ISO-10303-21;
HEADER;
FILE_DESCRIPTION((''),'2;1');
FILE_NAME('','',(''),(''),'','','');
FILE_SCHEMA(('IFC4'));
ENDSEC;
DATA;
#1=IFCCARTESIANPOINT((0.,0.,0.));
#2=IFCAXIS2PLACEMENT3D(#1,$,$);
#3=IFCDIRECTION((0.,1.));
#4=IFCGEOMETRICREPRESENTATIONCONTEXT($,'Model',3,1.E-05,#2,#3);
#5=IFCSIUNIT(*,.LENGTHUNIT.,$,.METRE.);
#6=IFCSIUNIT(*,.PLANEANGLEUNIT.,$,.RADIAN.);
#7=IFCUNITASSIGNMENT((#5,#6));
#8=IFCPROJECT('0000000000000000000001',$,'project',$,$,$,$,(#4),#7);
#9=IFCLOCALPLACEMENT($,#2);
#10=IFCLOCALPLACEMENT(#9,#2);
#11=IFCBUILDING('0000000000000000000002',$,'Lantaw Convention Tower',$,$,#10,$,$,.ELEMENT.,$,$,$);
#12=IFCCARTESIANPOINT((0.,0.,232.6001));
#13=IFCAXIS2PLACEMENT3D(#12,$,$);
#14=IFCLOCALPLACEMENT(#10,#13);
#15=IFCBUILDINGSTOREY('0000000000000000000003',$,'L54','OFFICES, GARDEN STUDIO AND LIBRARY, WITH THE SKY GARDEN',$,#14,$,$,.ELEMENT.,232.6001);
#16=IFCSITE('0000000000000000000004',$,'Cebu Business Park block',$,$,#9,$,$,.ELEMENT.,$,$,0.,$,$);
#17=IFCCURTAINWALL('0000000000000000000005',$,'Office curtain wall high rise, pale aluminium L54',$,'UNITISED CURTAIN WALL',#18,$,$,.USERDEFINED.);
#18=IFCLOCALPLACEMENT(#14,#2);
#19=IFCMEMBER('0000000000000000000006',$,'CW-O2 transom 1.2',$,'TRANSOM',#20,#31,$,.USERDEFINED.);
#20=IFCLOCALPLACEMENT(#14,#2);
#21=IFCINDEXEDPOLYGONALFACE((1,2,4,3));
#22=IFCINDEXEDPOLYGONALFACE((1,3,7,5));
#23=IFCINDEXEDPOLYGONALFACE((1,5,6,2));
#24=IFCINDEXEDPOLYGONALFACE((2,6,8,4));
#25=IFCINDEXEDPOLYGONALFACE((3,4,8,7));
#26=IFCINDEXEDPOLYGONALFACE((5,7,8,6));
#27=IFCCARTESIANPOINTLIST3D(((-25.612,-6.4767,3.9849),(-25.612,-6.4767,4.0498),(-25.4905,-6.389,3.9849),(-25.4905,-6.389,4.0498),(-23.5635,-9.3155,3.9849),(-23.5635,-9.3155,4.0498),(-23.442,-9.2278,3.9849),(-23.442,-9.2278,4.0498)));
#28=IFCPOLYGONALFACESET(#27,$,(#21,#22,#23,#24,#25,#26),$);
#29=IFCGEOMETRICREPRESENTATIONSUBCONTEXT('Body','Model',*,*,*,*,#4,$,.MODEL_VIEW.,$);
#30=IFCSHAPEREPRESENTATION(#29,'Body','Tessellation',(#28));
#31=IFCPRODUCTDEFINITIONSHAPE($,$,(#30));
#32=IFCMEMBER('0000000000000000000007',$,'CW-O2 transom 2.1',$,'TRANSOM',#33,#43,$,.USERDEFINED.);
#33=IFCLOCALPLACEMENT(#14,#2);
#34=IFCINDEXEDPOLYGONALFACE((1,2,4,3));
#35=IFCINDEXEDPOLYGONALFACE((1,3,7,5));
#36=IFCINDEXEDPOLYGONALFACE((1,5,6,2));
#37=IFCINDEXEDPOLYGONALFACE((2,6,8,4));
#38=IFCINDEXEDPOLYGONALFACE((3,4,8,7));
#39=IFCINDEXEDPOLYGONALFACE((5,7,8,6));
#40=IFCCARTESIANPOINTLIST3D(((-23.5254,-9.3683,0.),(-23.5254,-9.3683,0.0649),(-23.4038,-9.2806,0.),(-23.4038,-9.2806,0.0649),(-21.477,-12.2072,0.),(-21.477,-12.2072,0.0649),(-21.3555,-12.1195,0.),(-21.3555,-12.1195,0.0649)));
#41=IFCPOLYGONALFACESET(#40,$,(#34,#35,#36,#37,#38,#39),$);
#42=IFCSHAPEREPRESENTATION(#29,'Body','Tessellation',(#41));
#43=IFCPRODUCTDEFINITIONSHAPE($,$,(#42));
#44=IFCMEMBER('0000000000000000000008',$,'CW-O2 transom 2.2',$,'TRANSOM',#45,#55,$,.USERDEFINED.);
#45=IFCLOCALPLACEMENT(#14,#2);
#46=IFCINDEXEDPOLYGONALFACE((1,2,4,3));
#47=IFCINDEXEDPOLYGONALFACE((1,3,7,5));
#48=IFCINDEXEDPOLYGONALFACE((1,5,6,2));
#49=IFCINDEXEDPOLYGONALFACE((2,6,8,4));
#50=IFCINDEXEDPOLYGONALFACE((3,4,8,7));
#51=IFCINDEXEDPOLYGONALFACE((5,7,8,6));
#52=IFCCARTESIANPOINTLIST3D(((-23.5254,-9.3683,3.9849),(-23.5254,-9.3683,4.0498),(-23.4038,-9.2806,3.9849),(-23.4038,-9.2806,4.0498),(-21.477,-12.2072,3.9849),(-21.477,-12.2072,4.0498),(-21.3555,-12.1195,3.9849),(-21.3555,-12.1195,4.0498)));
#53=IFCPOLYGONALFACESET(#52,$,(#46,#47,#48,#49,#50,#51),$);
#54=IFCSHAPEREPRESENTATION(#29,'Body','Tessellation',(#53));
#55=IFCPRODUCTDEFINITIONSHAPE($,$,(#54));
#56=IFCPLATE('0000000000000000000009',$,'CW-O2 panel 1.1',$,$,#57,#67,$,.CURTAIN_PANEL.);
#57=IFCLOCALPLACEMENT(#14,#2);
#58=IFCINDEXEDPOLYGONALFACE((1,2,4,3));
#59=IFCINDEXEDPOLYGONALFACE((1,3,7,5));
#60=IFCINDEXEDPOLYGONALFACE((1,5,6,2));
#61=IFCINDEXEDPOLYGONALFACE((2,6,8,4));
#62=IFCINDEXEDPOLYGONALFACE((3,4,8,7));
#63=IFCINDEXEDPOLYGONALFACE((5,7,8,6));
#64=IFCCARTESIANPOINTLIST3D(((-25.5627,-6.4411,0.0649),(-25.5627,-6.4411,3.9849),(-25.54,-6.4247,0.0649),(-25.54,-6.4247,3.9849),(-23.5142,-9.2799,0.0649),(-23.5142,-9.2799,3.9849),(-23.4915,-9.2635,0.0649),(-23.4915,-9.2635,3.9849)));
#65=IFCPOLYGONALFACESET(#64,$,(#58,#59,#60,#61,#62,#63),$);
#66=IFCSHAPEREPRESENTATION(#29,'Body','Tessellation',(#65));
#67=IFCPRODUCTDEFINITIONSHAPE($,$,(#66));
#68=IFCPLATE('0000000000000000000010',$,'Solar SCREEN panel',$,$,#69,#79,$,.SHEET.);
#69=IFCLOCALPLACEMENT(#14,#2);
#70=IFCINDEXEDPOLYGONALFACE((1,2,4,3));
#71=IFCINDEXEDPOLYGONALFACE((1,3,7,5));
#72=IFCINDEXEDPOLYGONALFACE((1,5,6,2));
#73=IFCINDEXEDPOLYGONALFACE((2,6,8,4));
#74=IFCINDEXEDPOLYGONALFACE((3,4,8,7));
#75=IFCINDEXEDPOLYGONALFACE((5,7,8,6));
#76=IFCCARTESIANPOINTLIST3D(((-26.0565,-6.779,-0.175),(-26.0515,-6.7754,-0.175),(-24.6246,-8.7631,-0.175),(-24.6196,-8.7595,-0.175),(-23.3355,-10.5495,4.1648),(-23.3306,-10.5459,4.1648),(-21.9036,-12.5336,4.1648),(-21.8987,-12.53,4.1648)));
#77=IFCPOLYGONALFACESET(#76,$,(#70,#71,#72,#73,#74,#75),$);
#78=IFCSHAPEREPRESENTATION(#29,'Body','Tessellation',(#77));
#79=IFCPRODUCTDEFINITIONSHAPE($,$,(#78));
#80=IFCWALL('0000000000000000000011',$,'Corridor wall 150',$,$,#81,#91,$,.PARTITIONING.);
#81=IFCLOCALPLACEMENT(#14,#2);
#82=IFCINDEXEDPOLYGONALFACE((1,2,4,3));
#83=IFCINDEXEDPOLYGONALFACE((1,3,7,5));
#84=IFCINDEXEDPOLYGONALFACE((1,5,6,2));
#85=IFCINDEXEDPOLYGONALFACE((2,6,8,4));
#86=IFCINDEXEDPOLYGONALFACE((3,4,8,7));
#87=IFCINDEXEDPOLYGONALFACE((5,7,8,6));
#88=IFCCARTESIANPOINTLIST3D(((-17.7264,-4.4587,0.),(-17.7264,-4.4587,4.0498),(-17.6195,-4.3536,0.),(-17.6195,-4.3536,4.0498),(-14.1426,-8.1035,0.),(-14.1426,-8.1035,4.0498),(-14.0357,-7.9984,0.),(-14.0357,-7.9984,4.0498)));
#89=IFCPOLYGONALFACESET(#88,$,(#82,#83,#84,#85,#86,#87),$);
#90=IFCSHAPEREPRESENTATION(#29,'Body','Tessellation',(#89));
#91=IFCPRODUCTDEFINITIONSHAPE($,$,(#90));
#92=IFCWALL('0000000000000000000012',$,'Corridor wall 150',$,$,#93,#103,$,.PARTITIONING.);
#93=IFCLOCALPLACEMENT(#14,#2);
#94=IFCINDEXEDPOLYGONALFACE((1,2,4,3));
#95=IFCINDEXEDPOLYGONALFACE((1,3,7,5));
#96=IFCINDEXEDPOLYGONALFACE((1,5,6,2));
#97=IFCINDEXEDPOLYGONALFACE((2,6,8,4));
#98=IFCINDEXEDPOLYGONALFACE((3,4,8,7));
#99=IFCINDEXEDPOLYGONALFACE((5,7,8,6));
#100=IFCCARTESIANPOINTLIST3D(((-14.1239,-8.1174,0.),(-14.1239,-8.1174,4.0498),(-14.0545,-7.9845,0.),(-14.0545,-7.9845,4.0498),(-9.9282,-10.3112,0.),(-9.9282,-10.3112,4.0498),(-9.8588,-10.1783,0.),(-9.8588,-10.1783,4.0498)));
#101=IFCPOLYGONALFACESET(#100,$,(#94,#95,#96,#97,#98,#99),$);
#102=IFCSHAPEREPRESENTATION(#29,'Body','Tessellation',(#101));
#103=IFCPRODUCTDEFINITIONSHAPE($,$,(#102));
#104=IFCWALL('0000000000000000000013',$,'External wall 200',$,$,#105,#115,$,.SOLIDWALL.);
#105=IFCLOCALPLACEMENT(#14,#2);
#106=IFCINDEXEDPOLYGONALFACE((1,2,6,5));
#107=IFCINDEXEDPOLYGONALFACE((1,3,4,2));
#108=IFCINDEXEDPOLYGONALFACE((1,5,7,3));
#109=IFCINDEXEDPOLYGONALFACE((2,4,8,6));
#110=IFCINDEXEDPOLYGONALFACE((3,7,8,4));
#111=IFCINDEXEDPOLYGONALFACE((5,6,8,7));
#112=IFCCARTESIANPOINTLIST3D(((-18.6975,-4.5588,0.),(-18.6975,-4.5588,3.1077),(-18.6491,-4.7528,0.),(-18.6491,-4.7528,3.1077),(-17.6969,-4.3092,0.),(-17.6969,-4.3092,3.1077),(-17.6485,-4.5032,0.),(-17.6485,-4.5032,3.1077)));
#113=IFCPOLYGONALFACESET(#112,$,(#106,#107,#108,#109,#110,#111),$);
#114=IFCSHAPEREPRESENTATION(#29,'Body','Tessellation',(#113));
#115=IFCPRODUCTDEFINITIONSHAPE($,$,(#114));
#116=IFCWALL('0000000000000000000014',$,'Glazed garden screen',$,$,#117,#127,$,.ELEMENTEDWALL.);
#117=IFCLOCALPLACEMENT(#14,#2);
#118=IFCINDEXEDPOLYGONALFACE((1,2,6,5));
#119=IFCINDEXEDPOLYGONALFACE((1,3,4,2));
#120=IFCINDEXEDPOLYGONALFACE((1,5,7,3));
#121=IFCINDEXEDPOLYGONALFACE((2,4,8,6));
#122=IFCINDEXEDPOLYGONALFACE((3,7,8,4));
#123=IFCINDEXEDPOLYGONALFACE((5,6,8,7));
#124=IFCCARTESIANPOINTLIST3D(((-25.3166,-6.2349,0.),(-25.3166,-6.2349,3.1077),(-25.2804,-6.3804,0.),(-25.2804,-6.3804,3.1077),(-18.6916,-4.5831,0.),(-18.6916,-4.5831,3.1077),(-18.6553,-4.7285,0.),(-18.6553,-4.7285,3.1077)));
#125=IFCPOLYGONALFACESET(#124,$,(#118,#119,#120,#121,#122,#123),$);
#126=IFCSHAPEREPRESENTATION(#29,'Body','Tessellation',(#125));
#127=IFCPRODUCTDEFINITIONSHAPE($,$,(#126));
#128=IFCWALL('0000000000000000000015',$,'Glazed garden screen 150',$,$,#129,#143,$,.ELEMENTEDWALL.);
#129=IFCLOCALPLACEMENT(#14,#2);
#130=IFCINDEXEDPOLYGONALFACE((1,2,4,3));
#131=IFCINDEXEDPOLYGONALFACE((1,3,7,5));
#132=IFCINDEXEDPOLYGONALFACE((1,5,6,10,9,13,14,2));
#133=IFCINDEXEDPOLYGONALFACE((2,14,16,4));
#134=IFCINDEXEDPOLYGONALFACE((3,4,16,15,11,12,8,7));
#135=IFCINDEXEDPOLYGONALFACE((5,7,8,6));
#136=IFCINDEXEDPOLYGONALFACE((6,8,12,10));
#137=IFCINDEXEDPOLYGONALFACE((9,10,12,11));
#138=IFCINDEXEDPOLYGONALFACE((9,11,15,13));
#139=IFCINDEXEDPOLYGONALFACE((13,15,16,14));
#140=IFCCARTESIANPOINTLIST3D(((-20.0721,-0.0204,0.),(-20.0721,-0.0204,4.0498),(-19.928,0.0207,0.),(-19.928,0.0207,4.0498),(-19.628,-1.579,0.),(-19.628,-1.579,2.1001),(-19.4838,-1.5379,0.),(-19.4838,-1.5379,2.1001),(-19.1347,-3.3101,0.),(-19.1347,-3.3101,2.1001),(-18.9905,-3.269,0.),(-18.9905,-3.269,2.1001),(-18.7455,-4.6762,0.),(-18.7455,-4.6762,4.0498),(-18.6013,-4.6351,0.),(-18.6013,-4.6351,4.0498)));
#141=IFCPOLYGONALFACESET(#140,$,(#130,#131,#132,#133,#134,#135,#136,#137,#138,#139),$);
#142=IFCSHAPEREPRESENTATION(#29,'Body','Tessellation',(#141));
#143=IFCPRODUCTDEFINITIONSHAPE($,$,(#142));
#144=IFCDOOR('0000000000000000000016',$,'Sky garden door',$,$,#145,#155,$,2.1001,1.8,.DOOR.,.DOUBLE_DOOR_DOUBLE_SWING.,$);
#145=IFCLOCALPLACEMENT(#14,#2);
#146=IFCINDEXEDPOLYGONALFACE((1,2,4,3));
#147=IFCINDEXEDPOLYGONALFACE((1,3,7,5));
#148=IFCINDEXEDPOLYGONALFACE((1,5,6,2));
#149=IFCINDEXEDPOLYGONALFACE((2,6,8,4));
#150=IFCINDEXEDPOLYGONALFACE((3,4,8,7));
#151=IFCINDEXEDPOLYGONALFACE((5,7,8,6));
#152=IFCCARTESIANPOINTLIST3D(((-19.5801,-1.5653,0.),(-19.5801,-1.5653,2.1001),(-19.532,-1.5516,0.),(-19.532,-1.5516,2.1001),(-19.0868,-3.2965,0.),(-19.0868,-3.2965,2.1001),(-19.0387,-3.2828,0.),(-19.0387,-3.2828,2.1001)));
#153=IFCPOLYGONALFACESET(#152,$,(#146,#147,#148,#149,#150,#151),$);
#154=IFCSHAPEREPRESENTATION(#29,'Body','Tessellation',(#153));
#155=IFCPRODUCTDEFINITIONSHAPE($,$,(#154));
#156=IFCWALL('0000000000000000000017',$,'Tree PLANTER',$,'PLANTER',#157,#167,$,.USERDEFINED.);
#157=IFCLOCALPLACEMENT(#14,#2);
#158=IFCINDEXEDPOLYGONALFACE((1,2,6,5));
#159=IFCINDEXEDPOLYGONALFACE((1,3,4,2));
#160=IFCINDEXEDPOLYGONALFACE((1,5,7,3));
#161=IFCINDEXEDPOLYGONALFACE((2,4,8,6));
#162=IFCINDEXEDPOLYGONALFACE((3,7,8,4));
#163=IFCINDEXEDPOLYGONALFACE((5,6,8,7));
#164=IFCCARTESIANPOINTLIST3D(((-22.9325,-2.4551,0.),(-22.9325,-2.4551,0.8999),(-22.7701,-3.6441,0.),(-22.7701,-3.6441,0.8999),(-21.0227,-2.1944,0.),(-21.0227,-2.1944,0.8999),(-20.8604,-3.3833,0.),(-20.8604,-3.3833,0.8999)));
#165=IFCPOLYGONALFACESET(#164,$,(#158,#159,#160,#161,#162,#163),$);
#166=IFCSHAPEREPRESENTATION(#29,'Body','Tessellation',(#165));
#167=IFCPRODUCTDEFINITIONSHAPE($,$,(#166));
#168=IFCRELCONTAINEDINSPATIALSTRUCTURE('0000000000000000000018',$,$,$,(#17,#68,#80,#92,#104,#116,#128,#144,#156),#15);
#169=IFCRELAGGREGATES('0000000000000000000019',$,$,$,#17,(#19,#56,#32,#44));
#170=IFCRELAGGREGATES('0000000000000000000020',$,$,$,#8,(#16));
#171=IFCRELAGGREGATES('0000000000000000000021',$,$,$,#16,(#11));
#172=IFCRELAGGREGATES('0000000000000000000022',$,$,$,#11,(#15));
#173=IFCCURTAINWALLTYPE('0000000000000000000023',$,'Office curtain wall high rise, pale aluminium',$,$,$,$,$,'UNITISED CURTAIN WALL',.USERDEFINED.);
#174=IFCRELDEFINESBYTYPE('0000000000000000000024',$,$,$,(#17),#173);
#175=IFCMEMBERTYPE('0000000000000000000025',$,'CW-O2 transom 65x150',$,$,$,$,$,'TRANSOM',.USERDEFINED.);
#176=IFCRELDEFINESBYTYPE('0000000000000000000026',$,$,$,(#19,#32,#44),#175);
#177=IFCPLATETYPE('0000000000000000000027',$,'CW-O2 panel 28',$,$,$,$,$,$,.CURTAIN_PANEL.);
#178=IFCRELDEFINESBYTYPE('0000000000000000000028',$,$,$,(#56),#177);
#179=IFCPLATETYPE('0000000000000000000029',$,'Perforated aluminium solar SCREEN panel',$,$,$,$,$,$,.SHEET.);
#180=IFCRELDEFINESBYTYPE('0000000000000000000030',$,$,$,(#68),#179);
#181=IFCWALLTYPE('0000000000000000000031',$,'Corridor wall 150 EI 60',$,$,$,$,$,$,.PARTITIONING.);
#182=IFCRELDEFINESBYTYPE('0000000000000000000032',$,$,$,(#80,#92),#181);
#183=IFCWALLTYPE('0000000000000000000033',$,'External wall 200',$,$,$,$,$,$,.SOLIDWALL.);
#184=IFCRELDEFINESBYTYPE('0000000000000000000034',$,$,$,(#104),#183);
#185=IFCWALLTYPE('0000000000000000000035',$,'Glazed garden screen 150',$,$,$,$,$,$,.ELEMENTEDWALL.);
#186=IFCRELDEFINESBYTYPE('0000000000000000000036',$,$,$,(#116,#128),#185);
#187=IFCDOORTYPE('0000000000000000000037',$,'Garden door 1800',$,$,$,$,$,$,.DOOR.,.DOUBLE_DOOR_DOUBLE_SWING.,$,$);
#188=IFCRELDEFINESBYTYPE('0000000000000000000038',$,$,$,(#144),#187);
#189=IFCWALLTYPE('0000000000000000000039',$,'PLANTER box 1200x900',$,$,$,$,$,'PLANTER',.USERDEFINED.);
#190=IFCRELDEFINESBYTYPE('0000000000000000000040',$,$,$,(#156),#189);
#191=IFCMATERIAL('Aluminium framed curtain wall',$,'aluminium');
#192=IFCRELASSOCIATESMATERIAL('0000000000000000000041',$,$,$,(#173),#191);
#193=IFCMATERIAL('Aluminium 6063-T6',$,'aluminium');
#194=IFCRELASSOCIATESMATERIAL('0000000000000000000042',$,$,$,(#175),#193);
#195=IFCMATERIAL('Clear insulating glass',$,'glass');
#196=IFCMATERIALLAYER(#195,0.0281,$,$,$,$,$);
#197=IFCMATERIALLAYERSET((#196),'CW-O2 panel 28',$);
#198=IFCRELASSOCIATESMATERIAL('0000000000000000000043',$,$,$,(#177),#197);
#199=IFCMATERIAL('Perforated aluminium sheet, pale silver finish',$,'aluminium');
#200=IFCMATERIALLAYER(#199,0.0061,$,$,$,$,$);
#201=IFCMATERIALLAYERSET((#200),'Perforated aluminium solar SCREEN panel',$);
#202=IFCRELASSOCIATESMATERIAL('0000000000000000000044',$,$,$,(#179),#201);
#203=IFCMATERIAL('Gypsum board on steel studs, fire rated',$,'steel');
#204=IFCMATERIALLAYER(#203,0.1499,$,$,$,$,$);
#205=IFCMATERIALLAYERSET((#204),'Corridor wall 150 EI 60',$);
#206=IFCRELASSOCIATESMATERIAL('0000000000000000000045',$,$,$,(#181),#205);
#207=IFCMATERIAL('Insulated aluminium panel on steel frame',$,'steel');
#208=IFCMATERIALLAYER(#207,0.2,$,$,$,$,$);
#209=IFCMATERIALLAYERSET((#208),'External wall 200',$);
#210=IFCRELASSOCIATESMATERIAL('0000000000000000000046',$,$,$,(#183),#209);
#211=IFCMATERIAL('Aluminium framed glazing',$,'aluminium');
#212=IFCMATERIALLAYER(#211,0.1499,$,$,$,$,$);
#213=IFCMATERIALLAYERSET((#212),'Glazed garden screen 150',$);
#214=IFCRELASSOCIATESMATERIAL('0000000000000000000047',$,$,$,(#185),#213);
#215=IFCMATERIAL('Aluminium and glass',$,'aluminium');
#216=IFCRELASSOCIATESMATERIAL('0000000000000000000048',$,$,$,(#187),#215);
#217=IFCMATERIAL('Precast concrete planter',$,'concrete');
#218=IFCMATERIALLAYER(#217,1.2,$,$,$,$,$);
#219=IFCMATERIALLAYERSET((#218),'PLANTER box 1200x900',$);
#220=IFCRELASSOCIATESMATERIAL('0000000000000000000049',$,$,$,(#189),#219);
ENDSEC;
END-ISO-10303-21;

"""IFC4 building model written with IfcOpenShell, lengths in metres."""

from ifc_helpers import new_model, si_unit, direction, frame, frame_2d, origin, origin_2d, place, context, subcontext, project, spatial, polyline, rectangle, outline, extrude, material, layer, layer_set, material_profile, profile_set, type_object, element, fill, aggregate, save


model = new_model("IFC4")

# Units and contexts
model_context = context("Model", 3, precision=1e-05, world=origin(), true_north=direction((0.0, 1.0)))
body_context = subcontext(model_context, "Body", "Model", "MODEL_VIEW")
ifc_project = project(units=[si_unit("LENGTHUNIT", "METRE"), si_unit("PLANEANGLEUNIT", "RADIAN")], contexts=[model_context])

# Site, building, storey
site_placement = place(None, origin())
site = spatial("IfcSite", under=ifc_project, at=site_placement, Name="Cebu Business Park block", CompositionType="ELEMENT", RefElevation=0.0)
building_placement = place(site_placement, origin())
building = spatial("IfcBuilding", under=site, at=building_placement, Name="Lantaw Convention Tower", CompositionType="ELEMENT")
storey_placement = place(building_placement, frame((0.0, 0.0, 232.6001)))
storey = spatial("IfcBuildingStorey", under=building, at=storey_placement, Name="L54", Description="OFFICES, GARDEN STUDIO AND LIBRARY, WITH THE SKY GARDEN", CompositionType="ELEMENT", Elevation=232.6001)

# Curtain wall, members, plate
ifc_material_1 = material(Name="Aluminium framed curtain wall", Category="aluminium")
curtain_wall_type = type_object("IfcCurtainWallType", Name="Office curtain wall high rise, pale aluminium", ElementType="UNITISED CURTAIN WALL", PredefinedType="USERDEFINED", material=ifc_material_1)
curtain_wall_placement = place(storey_placement, origin())
curtain_wall = element("IfcCurtainWall", 1, at=curtain_wall_placement, inside=storey, type_object=curtain_wall_type, Name="Office curtain wall high rise, pale aluminium L54", ObjectType="UNITISED CURTAIN WALL", PredefinedType="USERDEFINED")
ifc_material_2 = material(Name="Aluminium 6063-T6", Category="aluminium")
ifc_material_profile_1 = material_profile(ifc_material_2, rectangle(XDim=0.1499, YDim=0.0649, at=origin_2d()), Name="CW-O2 transom 65x150")
ifc_profile_set_1 = profile_set([ifc_material_profile_1], Name="Aluminium 6063-T6")
member_type_1 = type_object("IfcMemberType", Name="CW-O2 transom 65x150", ElementType="TRANSOM", PredefinedType="USERDEFINED", material=ifc_profile_set_1)
member_1_placement = place(storey_placement, frame((-25.5513, -6.4329, 4.0173), z_axis=(0.58517, -0.810911, 0.0), x_axis=(0.810911, 0.58517, 0.0)))
member_1 = element("IfcMember", 2, at=member_1_placement, type_object=member_type_1, Name="CW-O2 transom 1.2", ObjectType="TRANSOM", PredefinedType="USERDEFINED", context=body_context, shape_type="SweptSolid", body=[
    extrude(rectangle(XDim=0.1499, YDim=0.0649, at=origin_2d()), origin(), (0.0, 0.0, 1.0), 3.5007),
])
member_2_placement = place(storey_placement, frame((-23.4646, -9.3245, 0.0325), z_axis=(0.585124, -0.810944, 0.0), x_axis=(0.810944, 0.585124, 0.0)))
member_2 = element("IfcMember", 3, at=member_2_placement, type_object=member_type_1, Name="CW-O2 transom 2.1", ObjectType="TRANSOM", PredefinedType="USERDEFINED", context=body_context, shape_type="SweptSolid", body=[
    extrude(rectangle(XDim=0.1499, YDim=0.0649, at=origin_2d()), origin(), (0.0, 0.0, 1.0), 3.5007),
])
member_3_placement = place(storey_placement, frame((-23.4646, -9.3245, 4.0173), z_axis=(0.585124, -0.810944, 0.0), x_axis=(0.810944, 0.585124, 0.0)))
member_3 = element("IfcMember", 4, at=member_3_placement, type_object=member_type_1, Name="CW-O2 transom 2.2", ObjectType="TRANSOM", PredefinedType="USERDEFINED", context=body_context, shape_type="SweptSolid", body=[
    extrude(rectangle(XDim=0.1499, YDim=0.0649, at=origin_2d()), origin(), (0.0, 0.0, 1.0), 3.5007),
])
ifc_material_3 = material(Name="Clear insulating glass", Category="glass")
ifc_layer_1 = layer(ifc_material_3, 0.0281)
ifc_layer_set_1 = layer_set([ifc_layer_1], Name="CW-O2 panel 28")
plate_type_1 = type_object("IfcPlateType", Name="CW-O2 panel 28", PredefinedType="CURTAIN_PANEL", material=ifc_layer_set_1)
plate_1_placement = place(storey_placement, frame((-24.5271, -7.8523, 0.0649), z_axis=(0.0, 0.0, 1.0), x_axis=(0.585158, -0.81092, 0.0)))
plate_1 = element("IfcPlate", 5, at=plate_1_placement, type_object=plate_type_1, Name="CW-O2 panel 1.1", PredefinedType="CURTAIN_PANEL", context=body_context, shape_type="SweptSolid", body=[
    extrude(rectangle(XDim=3.5007, YDim=0.0281, at=origin_2d()), origin(), (0.0, 0.0, 1.0), 3.9199),
])
aggregate(curtain_wall, [member_1, plate_1, member_2, member_3])

# Plate
ifc_material_4 = material(Name="Perforated aluminium sheet, pale silver finish", Category="aluminium")
ifc_layer_2 = layer(ifc_material_4, 0.0061)
ifc_layer_set_2 = layer_set([ifc_layer_2], Name="Perforated aluminium solar SCREEN panel")
plate_type_2 = type_object("IfcPlateType", Name="Perforated aluminium solar SCREEN panel", PredefinedType="SHEET", material=ifc_layer_set_2)
plate_2_placement = place(storey_placement, frame((-26.0515, -6.7754, -0.175), z_axis=(0.810892, 0.585195, 0.00002), x_axis=(0.585195, -0.810892, 0.0)))
element("IfcPlate", 6, at=plate_2_placement, inside=storey, type_object=plate_type_2, Name="Solar SCREEN panel", PredefinedType="SHEET", context=body_context, shape_type="SweptSolid", body=[
    extrude(outline(polyline([(0.0, 0.0), (2.4468, 0.0), (7.0966, -4.3398), (4.6498, -4.3398), (0.0, 0.0)])), origin(), (0.0, 0.0, -1.0), 0.0061),
])

# Walls
ifc_material_5 = material(Name="Gypsum board on steel studs, fire rated", Category="steel")
ifc_layer_3 = layer(ifc_material_5, 0.1499)
ifc_layer_set_3 = layer_set([ifc_layer_3], Name="Corridor wall 150 EI 60")
wall_type_1 = type_object("IfcWallType", Name="Corridor wall 150 EI 60", PredefinedType="PARTITIONING", material=ifc_layer_set_3)
wall_1_placement = place(storey_placement, frame((-17.6729, -4.4062, 0.0), z_axis=(0.0, 0.0, 1.0), x_axis=(0.701111, -0.713052, 0.0)))
element("IfcWall", 7, at=wall_1_placement, inside=storey, type_object=wall_type_1, Name="Corridor wall 150", PredefinedType="PARTITIONING", context=body_context, shape_type="SweptSolid", body=[
    extrude(rectangle(XDim=5.1116, YDim=0.1499, at=frame_2d((2.5557, 0.0))), origin(), (0.0, 0.0, 1.0), 4.0498),
])
wall_2_placement = place(storey_placement, frame((-14.0891, -8.051, 0.0), z_axis=(0.0, 0.0, 1.0), x_axis=(0.886174, -0.463352, 0.0)))
element("IfcWall", 8, at=wall_2_placement, inside=storey, type_object=wall_type_1, Name="Corridor wall 150", PredefinedType="PARTITIONING", context=body_context, shape_type="SweptSolid", body=[
    extrude(rectangle(XDim=4.7346, YDim=0.1499, at=frame_2d((2.3672, 0.0))), origin(), (0.0, 0.0, 1.0), 4.0498),
])
ifc_material_6 = material(Name="Insulated aluminium panel on steel frame", Category="steel")
ifc_layer_4 = layer(ifc_material_6, 0.2)
ifc_layer_set_4 = layer_set([ifc_layer_4], Name="External wall 200")
wall_type_2 = type_object("IfcWallType", Name="External wall 200", PredefinedType="SOLIDWALL", material=ifc_layer_set_4)
wall_3_placement = place(storey_placement, frame((-18.6733, -4.6558, 0.0), z_axis=(0.0, 0.0, 1.0), x_axis=(0.970282, 0.241978, 0.0)))
element("IfcWall", 9, at=wall_3_placement, inside=storey, type_object=wall_type_2, Name="External wall 200", PredefinedType="SOLIDWALL", context=body_context, shape_type="SweptSolid", body=[
    extrude(rectangle(XDim=1.0312, YDim=0.2, at=frame_2d((0.5156, 0.0))), origin(), (0.0, 0.0, 1.0), 3.1077),
])
ifc_material_7 = material(Name="Aluminium framed glazing", Category="aluminium")
ifc_layer_5 = layer(ifc_material_7, 0.1499)
ifc_layer_set_5 = layer_set([ifc_layer_5], Name="Glazed garden screen 150")
wall_type_3 = type_object("IfcWallType", Name="Glazed garden screen 150", PredefinedType="ELEMENTEDWALL", material=ifc_layer_set_5)
wall_4_placement = place(storey_placement, frame((-18.6733, -4.6558, 0.0), z_axis=(0.0, 0.0, 1.0), x_axis=(-0.970294, -0.24193, 0.0)))
element("IfcWall", 10, at=wall_4_placement, inside=storey, type_object=wall_type_3, Name="Glazed garden screen", PredefinedType="ELEMENTEDWALL", context=body_context, shape_type="SweptSolid", body=[
    extrude(rectangle(XDim=6.8279, YDim=0.1499, at=frame_2d((3.4141, 0.0))), origin(), (0.0, 0.0, 1.0), 3.1077),
])

# Wall, opening, door
wall_5_placement = place(storey_placement, frame((-20.0, 0.0, 0.0), z_axis=(0.0, 0.0, 1.0), x_axis=(0.274042, -0.961718, 0.0)))
wall_5 = element("IfcWall", 11, at=wall_5_placement, inside=storey, type_object=wall_type_3, Name="Glazed garden screen 150", PredefinedType="ELEMENTEDWALL", context=body_context, shape_type="SweptSolid", body=[
    extrude(rectangle(XDim=4.8411, YDim=0.1499, at=frame_2d((2.4204, 0.0))), origin(), (0.0, 0.0, 1.0), 4.0498),
])
opening_placement = place(wall_5_placement, frame((1.6206, 0.0, 0.0)))
opening = element("IfcOpeningElement", 12, at=opening_placement, cuts=wall_5, PredefinedType="OPENING", context=body_context, shape_type="SweptSolid", body=[
    extrude(rectangle(XDim=1.8, YDim=2.1001, at=frame_2d((0.8999, 1.05))), frame((0.0, 0.085, 0.0), z_axis=(0.0, -1.0, 0.0), x_axis=(1.0, 0.0, 0.0)), (0.0, 0.0, 1.0), 0.1699),
])
ifc_material_8 = material(Name="Aluminium and glass", Category="aluminium")
door_type = type_object("IfcDoorType", Name="Garden door 1800", OperationType="DOUBLE_DOOR_DOUBLE_SWING", PredefinedType="DOOR", material=ifc_material_8)
door_placement = place(opening_placement, origin())
door = element("IfcDoor", 13, at=door_placement, inside=storey, type_object=door_type, Name="Sky garden door", OperationType="DOUBLE_DOOR_DOUBLE_SWING", OverallHeight=2.1001, OverallWidth=1.8, PredefinedType="DOOR", context=body_context, shape_type="SweptSolid", body=[
    extrude(rectangle(XDim=1.8, YDim=2.1001, at=frame_2d((0.8999, 1.05))), frame((0.0, 0.0249, 0.0), z_axis=(0.0, -1.0, 0.0), x_axis=(1.0, 0.0, 0.0)), (0.0, 0.0, 1.0), 0.05),
])
fill(opening, door)

# Wall
ifc_material_9 = material(Name="Precast concrete planter", Category="concrete")
ifc_layer_6 = layer(ifc_material_9, 1.2)
ifc_layer_set_6 = layer_set([ifc_layer_6], Name="PLANTER box 1200x900")
wall_type_4 = type_object("IfcWallType", Name="PLANTER box 1200x900", ElementType="PLANTER", PredefinedType="USERDEFINED", material=ifc_layer_set_6)
wall_6_placement = place(storey_placement, frame((-20.9414, -2.7888, 0.0), z_axis=(0.0, 0.0, 1.0), x_axis=(-0.990807, -0.135283, 0.0)))
element("IfcWall", 14, at=wall_6_placement, inside=storey, type_object=wall_type_4, Name="Tree PLANTER", ObjectType="PLANTER", PredefinedType="USERDEFINED", context=body_context, shape_type="SweptSolid", body=[
    extrude(rectangle(XDim=1.9275, YDim=1.2, at=frame_2d((0.9639, 0.0))), origin(), (0.0, 0.0, 1.0), 0.8999),
])

save(model, "model.ifc")
